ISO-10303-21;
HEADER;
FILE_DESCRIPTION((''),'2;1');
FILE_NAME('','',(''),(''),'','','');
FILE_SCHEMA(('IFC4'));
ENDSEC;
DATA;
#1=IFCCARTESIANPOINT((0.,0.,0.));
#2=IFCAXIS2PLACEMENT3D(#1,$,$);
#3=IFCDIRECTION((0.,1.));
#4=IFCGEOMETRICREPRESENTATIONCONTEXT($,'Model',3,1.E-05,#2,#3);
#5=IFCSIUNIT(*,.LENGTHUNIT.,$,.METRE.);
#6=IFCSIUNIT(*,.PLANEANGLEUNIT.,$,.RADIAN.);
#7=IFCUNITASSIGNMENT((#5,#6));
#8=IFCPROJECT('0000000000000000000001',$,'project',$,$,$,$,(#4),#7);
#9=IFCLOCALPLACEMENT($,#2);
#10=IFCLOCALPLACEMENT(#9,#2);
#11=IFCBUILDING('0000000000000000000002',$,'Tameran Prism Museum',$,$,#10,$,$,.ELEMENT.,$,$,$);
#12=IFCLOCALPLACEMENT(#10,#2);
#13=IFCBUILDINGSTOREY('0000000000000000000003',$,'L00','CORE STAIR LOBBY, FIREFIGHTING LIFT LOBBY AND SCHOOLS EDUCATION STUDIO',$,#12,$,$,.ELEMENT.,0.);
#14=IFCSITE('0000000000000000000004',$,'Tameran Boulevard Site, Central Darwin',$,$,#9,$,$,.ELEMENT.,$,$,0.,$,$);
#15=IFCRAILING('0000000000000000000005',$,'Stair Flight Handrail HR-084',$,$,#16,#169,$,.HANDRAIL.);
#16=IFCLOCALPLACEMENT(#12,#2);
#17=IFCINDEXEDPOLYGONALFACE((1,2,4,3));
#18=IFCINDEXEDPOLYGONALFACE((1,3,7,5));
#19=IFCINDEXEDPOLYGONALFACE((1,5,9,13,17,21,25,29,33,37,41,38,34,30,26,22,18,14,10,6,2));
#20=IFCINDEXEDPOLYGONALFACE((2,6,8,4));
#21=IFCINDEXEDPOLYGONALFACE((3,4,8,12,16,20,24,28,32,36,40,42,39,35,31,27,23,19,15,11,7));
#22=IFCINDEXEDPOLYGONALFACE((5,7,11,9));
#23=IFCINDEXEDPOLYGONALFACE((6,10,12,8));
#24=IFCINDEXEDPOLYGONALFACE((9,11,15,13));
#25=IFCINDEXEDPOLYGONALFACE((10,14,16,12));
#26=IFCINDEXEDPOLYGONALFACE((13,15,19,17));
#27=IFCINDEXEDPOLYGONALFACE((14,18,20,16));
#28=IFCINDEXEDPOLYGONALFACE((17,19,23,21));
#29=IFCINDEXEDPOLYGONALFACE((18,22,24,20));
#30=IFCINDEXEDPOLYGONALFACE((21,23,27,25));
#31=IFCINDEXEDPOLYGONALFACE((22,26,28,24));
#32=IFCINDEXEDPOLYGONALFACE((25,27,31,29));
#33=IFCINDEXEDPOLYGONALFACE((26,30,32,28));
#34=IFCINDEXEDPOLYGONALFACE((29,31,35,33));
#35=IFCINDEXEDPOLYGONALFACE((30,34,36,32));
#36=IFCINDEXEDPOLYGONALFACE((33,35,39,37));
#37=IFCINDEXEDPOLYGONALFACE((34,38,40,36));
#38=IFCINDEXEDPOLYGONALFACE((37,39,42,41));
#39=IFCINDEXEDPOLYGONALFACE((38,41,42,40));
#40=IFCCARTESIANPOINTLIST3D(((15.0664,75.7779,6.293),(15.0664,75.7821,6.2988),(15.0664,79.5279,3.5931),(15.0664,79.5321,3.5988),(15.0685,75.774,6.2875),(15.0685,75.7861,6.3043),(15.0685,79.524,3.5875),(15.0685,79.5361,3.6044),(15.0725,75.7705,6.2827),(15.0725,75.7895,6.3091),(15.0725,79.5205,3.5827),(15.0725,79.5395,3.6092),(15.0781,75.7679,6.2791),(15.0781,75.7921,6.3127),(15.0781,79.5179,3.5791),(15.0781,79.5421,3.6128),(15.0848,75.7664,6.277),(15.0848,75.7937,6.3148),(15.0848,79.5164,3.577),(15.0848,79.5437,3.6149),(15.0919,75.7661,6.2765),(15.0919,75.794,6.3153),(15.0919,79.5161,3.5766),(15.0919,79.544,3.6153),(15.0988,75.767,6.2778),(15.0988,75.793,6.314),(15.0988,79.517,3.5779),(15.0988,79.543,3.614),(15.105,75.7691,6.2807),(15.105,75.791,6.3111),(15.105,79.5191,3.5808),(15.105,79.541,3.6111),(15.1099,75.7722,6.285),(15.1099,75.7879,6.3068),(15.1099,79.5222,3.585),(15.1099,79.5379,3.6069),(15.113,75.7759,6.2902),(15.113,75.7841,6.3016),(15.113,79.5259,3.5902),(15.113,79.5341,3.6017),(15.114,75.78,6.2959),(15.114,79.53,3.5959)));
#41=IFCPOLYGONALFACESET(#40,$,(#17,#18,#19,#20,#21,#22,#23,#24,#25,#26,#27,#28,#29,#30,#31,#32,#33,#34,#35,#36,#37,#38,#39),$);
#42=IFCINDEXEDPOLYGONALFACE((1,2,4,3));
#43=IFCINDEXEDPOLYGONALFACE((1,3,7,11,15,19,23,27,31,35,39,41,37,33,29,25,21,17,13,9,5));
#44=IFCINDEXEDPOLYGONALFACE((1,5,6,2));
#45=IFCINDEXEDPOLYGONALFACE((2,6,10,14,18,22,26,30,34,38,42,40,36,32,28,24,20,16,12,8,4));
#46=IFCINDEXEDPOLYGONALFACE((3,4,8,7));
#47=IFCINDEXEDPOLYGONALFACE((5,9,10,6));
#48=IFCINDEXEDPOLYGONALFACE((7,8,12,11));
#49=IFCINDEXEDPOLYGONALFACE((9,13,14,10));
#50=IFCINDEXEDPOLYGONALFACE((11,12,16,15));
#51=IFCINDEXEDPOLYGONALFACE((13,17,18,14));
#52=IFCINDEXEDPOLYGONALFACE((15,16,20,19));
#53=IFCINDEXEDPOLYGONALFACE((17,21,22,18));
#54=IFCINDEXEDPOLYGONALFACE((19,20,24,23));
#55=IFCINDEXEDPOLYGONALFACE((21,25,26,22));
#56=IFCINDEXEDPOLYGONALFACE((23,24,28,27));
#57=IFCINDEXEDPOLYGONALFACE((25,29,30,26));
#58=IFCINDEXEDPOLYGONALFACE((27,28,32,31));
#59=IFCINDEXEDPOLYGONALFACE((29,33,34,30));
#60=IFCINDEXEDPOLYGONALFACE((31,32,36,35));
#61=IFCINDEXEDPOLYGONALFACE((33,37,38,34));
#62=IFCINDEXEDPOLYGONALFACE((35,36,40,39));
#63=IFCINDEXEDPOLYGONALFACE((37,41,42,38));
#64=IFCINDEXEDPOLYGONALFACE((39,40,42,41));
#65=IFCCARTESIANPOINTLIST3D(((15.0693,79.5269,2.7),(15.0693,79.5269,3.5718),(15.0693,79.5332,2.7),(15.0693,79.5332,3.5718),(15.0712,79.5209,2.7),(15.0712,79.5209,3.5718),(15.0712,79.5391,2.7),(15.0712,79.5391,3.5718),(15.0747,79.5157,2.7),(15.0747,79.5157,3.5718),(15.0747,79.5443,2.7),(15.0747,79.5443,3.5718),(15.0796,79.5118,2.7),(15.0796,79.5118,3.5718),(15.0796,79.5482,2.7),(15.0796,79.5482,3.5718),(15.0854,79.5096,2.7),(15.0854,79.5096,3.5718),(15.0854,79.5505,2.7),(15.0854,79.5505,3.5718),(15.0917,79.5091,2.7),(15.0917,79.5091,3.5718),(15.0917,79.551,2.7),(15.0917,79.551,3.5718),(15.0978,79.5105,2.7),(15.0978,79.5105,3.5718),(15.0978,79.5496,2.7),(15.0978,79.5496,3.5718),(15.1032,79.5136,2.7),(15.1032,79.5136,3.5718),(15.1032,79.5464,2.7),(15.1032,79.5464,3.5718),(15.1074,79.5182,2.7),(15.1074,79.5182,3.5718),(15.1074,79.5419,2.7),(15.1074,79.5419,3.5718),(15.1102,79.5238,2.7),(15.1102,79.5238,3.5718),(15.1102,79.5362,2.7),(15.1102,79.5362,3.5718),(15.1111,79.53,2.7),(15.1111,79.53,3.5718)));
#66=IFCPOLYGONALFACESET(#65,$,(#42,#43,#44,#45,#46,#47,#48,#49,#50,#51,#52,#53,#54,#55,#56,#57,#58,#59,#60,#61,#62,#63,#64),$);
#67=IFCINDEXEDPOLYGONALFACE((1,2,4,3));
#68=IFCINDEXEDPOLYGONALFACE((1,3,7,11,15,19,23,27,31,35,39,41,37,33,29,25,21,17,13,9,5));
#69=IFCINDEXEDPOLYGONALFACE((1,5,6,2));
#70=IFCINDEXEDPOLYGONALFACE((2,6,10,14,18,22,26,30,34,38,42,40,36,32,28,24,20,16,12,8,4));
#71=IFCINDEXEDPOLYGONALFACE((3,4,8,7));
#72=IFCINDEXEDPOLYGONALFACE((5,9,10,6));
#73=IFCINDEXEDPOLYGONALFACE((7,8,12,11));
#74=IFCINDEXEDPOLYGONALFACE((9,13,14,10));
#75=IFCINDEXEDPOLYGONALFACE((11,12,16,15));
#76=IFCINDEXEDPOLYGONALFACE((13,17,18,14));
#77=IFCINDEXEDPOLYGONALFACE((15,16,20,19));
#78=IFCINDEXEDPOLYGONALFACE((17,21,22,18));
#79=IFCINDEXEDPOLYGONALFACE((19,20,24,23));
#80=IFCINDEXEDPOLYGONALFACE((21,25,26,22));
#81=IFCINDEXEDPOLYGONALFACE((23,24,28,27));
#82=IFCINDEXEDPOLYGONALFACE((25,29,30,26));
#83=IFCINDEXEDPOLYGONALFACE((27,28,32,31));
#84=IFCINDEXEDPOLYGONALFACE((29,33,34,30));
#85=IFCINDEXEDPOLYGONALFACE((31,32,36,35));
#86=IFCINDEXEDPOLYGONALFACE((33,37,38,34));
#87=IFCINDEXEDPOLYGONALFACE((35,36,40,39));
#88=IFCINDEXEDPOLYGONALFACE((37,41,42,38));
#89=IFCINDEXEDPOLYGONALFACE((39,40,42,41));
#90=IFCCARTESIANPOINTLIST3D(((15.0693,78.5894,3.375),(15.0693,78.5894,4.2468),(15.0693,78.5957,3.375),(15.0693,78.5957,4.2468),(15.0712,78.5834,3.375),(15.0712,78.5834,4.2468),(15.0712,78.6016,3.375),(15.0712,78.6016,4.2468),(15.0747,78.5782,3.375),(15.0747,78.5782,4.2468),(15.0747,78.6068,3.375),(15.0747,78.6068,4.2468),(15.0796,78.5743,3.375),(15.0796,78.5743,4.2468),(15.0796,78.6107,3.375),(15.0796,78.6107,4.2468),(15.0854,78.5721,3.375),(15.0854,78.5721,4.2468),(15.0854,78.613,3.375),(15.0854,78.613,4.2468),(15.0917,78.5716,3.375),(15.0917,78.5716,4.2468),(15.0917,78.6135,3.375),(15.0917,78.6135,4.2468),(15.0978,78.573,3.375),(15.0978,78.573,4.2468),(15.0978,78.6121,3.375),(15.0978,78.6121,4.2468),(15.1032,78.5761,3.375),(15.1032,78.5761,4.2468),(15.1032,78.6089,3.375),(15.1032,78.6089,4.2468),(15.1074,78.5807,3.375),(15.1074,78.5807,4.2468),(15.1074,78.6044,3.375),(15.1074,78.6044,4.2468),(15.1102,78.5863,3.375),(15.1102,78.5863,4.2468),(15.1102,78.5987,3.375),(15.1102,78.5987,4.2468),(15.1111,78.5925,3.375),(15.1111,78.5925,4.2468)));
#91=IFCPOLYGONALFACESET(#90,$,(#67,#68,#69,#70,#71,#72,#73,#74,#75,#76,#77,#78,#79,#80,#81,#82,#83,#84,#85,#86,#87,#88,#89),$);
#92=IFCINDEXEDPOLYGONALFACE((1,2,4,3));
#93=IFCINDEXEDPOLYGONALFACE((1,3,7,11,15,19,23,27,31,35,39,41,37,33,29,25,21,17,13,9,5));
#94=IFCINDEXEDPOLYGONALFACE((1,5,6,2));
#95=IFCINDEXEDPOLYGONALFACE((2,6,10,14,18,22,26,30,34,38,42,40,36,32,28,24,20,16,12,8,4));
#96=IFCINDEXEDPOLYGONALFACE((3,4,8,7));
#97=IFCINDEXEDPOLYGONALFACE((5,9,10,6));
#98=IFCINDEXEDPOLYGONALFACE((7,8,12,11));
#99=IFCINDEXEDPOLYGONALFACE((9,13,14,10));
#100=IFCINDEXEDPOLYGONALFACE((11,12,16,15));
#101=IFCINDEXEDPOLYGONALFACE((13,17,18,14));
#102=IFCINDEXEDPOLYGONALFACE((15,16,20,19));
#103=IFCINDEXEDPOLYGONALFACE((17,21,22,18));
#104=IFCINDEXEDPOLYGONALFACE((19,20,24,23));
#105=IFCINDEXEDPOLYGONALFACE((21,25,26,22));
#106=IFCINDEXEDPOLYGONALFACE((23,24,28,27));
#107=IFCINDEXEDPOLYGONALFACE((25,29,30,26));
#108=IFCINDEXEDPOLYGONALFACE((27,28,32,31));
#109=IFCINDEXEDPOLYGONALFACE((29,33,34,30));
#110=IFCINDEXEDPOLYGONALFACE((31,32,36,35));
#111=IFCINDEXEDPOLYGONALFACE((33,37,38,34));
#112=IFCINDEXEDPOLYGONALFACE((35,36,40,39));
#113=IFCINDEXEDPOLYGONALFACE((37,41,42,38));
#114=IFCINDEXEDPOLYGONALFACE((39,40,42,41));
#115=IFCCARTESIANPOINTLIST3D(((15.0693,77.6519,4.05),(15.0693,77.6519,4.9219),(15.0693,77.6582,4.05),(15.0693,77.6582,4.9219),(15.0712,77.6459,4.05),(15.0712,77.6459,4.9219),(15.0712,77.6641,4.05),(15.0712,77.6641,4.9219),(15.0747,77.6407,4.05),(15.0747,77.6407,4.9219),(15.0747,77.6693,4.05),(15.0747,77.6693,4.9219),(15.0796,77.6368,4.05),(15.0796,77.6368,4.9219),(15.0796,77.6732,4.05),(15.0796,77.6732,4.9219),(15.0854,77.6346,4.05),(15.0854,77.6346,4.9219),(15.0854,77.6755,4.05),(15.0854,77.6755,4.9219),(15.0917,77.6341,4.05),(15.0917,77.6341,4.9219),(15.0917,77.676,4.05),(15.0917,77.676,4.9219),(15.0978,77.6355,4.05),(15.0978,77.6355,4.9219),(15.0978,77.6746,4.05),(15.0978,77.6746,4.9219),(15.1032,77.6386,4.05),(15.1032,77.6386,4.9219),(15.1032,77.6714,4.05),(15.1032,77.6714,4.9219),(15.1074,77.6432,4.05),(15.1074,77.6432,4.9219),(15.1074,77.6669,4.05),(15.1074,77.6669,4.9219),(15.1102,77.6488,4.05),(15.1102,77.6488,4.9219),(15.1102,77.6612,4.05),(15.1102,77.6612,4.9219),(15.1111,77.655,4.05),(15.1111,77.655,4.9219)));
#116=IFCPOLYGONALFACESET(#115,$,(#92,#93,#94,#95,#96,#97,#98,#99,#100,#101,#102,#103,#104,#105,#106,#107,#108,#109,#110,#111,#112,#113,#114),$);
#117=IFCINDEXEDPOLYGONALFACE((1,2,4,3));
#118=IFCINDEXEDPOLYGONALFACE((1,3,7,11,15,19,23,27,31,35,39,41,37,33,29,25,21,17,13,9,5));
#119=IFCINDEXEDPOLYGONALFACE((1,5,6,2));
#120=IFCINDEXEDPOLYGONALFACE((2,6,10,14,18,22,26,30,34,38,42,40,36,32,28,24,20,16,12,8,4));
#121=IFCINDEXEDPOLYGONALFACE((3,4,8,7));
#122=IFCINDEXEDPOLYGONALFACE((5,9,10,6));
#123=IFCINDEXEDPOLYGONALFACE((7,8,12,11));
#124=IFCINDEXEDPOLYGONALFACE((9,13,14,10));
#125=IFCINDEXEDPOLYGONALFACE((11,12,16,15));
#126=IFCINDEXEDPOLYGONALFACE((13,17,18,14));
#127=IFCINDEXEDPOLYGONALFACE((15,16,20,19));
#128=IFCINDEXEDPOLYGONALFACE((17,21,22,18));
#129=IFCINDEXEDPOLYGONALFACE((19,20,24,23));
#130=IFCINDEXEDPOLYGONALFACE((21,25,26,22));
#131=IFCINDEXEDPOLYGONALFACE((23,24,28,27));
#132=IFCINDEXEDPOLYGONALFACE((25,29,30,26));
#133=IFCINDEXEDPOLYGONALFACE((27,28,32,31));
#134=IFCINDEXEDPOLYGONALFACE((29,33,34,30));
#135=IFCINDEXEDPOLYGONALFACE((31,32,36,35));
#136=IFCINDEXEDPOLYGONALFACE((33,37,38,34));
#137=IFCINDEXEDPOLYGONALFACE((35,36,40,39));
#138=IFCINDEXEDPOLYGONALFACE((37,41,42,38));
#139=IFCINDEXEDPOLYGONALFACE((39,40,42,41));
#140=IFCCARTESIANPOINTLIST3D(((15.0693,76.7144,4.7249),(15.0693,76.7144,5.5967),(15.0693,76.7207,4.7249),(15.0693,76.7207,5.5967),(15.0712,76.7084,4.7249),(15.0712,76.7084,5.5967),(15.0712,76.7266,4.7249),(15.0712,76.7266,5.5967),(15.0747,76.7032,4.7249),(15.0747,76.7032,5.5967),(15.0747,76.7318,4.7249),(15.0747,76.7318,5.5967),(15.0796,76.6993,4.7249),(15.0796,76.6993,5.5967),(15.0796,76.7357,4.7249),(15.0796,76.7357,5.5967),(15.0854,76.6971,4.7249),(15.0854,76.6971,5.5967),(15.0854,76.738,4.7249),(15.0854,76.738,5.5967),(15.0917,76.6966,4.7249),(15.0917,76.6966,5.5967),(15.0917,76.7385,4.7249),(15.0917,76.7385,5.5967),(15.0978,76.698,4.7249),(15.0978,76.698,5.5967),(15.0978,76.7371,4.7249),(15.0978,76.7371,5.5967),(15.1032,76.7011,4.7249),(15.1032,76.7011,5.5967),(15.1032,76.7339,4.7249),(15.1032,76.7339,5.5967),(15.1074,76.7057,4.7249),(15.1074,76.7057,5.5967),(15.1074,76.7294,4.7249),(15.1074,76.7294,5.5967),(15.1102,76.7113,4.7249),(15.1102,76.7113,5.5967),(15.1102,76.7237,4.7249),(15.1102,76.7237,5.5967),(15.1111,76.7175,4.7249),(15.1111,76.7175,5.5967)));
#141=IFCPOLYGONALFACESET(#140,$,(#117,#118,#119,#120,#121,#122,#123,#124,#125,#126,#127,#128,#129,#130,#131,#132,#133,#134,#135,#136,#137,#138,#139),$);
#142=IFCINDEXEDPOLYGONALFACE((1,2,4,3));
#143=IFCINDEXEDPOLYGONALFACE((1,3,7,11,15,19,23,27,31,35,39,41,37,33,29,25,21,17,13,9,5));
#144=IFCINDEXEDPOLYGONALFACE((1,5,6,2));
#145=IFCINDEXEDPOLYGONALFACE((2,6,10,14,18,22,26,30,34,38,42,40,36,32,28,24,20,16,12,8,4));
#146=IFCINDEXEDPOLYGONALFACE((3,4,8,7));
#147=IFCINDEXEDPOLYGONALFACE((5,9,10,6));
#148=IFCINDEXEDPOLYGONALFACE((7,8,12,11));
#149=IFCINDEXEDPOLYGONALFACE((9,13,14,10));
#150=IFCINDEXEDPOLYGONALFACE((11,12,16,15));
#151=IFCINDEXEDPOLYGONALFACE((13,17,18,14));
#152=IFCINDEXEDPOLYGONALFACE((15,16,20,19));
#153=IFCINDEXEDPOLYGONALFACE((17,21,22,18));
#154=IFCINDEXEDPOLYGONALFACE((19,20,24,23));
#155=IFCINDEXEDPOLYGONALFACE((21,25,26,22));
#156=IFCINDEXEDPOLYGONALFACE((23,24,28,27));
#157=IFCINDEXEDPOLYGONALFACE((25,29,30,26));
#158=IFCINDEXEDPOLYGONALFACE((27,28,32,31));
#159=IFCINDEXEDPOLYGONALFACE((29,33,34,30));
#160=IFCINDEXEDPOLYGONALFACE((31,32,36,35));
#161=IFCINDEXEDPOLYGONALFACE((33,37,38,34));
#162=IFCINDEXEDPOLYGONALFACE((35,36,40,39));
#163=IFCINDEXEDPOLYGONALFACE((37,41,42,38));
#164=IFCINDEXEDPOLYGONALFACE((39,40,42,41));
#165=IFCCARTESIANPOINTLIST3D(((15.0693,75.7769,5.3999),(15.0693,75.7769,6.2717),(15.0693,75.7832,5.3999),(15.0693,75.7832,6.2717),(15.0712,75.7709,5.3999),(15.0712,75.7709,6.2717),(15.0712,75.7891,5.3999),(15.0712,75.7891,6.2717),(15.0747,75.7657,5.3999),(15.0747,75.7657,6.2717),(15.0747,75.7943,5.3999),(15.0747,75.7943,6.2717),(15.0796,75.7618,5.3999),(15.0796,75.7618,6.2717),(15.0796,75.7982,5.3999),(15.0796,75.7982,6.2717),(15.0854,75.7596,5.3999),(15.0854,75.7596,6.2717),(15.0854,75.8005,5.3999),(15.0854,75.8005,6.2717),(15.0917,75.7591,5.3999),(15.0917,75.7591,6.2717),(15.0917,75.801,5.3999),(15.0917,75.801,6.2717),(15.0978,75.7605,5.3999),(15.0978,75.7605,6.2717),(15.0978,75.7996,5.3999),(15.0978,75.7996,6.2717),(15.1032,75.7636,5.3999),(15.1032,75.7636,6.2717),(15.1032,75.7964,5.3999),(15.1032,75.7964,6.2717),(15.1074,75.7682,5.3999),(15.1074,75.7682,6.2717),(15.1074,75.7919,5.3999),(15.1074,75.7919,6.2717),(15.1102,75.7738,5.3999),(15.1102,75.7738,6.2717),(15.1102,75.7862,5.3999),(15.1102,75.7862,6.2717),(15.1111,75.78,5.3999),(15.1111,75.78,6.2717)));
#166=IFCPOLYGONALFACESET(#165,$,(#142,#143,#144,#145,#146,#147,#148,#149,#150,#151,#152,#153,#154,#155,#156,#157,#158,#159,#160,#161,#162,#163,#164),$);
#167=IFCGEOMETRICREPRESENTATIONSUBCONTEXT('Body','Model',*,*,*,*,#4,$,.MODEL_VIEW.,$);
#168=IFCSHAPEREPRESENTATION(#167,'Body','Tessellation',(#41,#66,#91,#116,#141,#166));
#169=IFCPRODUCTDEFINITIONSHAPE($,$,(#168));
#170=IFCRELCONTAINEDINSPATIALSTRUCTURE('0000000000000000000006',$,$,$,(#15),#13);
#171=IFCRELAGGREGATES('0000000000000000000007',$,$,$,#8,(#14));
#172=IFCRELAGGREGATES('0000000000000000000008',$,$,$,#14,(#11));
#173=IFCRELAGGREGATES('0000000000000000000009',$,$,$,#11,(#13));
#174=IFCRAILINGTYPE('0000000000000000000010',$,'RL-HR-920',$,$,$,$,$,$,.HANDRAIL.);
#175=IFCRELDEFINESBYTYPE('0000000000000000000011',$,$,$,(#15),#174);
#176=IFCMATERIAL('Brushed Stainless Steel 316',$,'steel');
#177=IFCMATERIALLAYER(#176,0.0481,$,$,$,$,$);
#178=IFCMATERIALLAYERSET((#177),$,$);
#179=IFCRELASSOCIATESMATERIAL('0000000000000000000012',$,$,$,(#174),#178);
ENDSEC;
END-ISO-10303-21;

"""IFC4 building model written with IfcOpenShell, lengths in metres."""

from ifc_helpers import new_model, si_unit, direction, frame, origin, origin_2d, place, context, subcontext, project, spatial, circle, extrude, material, layer, layer_set, type_object, element, save


model = new_model("IFC4")

# Units and contexts
model_context = context("Model", 3, precision=1e-05, world=origin(), true_north=direction((0.0, 1.0)))
body_context = subcontext(model_context, "Body", "Model", "MODEL_VIEW")
ifc_project = project(units=[si_unit("LENGTHUNIT", "METRE"), si_unit("PLANEANGLEUNIT", "RADIAN")], contexts=[model_context])

# Site, building, storey
site_placement = place(None, origin())
site = spatial("IfcSite", under=ifc_project, at=site_placement, Name="Tameran Boulevard Site, Central Darwin", CompositionType="ELEMENT", RefElevation=0.0)
building_placement = place(site_placement, origin())
building = spatial("IfcBuilding", under=site, at=building_placement, Name="Tameran Prism Museum", CompositionType="ELEMENT")
storey_placement = place(building_placement, origin())
storey = spatial("IfcBuildingStorey", under=building, at=storey_placement, Name="L00", Description="CORE STAIR LOBBY, FIREFIGHTING LIFT LOBBY AND SCHOOLS EDUCATION STUDIO", CompositionType="ELEMENT", Elevation=0.0)

# Railing
ifc_material_1 = material(Name="Brushed Stainless Steel 316", Category="steel")
ifc_layer_1 = layer(ifc_material_1, 0.0481)
ifc_layer_set_1 = layer_set([ifc_layer_1])
railing_type_1 = type_object("IfcRailingType", Name="RL-HR-920", PredefinedType="HANDRAIL", material=ifc_layer_set_1)
railing_1_placement = place(storey_placement, frame((15.0901, 79.53, 2.7)))
element("IfcRailing", 1, at=railing_1_placement, inside=storey, type_object=railing_type_1, Name="Stair Flight Handrail HR-084", PredefinedType="HANDRAIL", context=body_context, shape_type="SweptSolid", body=[
    extrude(circle(Radius=0.0239, at=origin_2d()), frame((0.0, 0.0, 0.896), z_axis=(0.0, -0.811539, 0.584298), x_axis=(1.0, 0.0, 0.0)), (0.0, 0.0, 1.0), 4.6208),
    extrude(circle(Radius=0.021, at=origin_2d()), origin(), (0.0, 0.0, 1.0), 0.8718),
    extrude(circle(Radius=0.021, at=origin_2d()), frame((0.0, -0.9375, 0.675)), (0.0, 0.0, 1.0), 0.8718),
    extrude(circle(Radius=0.021, at=origin_2d()), frame((0.0, -1.875, 1.3501)), (0.0, 0.0, 1.0), 0.8718),
    extrude(circle(Radius=0.021, at=origin_2d()), frame((0.0, -2.8125, 2.0249)), (0.0, 0.0, 1.0), 0.8718),
    extrude(circle(Radius=0.021, at=origin_2d()), frame((0.0, -3.75, 2.7)), (0.0, 0.0, 1.0), 0.8718),
])

save(model, "model.ifc")
